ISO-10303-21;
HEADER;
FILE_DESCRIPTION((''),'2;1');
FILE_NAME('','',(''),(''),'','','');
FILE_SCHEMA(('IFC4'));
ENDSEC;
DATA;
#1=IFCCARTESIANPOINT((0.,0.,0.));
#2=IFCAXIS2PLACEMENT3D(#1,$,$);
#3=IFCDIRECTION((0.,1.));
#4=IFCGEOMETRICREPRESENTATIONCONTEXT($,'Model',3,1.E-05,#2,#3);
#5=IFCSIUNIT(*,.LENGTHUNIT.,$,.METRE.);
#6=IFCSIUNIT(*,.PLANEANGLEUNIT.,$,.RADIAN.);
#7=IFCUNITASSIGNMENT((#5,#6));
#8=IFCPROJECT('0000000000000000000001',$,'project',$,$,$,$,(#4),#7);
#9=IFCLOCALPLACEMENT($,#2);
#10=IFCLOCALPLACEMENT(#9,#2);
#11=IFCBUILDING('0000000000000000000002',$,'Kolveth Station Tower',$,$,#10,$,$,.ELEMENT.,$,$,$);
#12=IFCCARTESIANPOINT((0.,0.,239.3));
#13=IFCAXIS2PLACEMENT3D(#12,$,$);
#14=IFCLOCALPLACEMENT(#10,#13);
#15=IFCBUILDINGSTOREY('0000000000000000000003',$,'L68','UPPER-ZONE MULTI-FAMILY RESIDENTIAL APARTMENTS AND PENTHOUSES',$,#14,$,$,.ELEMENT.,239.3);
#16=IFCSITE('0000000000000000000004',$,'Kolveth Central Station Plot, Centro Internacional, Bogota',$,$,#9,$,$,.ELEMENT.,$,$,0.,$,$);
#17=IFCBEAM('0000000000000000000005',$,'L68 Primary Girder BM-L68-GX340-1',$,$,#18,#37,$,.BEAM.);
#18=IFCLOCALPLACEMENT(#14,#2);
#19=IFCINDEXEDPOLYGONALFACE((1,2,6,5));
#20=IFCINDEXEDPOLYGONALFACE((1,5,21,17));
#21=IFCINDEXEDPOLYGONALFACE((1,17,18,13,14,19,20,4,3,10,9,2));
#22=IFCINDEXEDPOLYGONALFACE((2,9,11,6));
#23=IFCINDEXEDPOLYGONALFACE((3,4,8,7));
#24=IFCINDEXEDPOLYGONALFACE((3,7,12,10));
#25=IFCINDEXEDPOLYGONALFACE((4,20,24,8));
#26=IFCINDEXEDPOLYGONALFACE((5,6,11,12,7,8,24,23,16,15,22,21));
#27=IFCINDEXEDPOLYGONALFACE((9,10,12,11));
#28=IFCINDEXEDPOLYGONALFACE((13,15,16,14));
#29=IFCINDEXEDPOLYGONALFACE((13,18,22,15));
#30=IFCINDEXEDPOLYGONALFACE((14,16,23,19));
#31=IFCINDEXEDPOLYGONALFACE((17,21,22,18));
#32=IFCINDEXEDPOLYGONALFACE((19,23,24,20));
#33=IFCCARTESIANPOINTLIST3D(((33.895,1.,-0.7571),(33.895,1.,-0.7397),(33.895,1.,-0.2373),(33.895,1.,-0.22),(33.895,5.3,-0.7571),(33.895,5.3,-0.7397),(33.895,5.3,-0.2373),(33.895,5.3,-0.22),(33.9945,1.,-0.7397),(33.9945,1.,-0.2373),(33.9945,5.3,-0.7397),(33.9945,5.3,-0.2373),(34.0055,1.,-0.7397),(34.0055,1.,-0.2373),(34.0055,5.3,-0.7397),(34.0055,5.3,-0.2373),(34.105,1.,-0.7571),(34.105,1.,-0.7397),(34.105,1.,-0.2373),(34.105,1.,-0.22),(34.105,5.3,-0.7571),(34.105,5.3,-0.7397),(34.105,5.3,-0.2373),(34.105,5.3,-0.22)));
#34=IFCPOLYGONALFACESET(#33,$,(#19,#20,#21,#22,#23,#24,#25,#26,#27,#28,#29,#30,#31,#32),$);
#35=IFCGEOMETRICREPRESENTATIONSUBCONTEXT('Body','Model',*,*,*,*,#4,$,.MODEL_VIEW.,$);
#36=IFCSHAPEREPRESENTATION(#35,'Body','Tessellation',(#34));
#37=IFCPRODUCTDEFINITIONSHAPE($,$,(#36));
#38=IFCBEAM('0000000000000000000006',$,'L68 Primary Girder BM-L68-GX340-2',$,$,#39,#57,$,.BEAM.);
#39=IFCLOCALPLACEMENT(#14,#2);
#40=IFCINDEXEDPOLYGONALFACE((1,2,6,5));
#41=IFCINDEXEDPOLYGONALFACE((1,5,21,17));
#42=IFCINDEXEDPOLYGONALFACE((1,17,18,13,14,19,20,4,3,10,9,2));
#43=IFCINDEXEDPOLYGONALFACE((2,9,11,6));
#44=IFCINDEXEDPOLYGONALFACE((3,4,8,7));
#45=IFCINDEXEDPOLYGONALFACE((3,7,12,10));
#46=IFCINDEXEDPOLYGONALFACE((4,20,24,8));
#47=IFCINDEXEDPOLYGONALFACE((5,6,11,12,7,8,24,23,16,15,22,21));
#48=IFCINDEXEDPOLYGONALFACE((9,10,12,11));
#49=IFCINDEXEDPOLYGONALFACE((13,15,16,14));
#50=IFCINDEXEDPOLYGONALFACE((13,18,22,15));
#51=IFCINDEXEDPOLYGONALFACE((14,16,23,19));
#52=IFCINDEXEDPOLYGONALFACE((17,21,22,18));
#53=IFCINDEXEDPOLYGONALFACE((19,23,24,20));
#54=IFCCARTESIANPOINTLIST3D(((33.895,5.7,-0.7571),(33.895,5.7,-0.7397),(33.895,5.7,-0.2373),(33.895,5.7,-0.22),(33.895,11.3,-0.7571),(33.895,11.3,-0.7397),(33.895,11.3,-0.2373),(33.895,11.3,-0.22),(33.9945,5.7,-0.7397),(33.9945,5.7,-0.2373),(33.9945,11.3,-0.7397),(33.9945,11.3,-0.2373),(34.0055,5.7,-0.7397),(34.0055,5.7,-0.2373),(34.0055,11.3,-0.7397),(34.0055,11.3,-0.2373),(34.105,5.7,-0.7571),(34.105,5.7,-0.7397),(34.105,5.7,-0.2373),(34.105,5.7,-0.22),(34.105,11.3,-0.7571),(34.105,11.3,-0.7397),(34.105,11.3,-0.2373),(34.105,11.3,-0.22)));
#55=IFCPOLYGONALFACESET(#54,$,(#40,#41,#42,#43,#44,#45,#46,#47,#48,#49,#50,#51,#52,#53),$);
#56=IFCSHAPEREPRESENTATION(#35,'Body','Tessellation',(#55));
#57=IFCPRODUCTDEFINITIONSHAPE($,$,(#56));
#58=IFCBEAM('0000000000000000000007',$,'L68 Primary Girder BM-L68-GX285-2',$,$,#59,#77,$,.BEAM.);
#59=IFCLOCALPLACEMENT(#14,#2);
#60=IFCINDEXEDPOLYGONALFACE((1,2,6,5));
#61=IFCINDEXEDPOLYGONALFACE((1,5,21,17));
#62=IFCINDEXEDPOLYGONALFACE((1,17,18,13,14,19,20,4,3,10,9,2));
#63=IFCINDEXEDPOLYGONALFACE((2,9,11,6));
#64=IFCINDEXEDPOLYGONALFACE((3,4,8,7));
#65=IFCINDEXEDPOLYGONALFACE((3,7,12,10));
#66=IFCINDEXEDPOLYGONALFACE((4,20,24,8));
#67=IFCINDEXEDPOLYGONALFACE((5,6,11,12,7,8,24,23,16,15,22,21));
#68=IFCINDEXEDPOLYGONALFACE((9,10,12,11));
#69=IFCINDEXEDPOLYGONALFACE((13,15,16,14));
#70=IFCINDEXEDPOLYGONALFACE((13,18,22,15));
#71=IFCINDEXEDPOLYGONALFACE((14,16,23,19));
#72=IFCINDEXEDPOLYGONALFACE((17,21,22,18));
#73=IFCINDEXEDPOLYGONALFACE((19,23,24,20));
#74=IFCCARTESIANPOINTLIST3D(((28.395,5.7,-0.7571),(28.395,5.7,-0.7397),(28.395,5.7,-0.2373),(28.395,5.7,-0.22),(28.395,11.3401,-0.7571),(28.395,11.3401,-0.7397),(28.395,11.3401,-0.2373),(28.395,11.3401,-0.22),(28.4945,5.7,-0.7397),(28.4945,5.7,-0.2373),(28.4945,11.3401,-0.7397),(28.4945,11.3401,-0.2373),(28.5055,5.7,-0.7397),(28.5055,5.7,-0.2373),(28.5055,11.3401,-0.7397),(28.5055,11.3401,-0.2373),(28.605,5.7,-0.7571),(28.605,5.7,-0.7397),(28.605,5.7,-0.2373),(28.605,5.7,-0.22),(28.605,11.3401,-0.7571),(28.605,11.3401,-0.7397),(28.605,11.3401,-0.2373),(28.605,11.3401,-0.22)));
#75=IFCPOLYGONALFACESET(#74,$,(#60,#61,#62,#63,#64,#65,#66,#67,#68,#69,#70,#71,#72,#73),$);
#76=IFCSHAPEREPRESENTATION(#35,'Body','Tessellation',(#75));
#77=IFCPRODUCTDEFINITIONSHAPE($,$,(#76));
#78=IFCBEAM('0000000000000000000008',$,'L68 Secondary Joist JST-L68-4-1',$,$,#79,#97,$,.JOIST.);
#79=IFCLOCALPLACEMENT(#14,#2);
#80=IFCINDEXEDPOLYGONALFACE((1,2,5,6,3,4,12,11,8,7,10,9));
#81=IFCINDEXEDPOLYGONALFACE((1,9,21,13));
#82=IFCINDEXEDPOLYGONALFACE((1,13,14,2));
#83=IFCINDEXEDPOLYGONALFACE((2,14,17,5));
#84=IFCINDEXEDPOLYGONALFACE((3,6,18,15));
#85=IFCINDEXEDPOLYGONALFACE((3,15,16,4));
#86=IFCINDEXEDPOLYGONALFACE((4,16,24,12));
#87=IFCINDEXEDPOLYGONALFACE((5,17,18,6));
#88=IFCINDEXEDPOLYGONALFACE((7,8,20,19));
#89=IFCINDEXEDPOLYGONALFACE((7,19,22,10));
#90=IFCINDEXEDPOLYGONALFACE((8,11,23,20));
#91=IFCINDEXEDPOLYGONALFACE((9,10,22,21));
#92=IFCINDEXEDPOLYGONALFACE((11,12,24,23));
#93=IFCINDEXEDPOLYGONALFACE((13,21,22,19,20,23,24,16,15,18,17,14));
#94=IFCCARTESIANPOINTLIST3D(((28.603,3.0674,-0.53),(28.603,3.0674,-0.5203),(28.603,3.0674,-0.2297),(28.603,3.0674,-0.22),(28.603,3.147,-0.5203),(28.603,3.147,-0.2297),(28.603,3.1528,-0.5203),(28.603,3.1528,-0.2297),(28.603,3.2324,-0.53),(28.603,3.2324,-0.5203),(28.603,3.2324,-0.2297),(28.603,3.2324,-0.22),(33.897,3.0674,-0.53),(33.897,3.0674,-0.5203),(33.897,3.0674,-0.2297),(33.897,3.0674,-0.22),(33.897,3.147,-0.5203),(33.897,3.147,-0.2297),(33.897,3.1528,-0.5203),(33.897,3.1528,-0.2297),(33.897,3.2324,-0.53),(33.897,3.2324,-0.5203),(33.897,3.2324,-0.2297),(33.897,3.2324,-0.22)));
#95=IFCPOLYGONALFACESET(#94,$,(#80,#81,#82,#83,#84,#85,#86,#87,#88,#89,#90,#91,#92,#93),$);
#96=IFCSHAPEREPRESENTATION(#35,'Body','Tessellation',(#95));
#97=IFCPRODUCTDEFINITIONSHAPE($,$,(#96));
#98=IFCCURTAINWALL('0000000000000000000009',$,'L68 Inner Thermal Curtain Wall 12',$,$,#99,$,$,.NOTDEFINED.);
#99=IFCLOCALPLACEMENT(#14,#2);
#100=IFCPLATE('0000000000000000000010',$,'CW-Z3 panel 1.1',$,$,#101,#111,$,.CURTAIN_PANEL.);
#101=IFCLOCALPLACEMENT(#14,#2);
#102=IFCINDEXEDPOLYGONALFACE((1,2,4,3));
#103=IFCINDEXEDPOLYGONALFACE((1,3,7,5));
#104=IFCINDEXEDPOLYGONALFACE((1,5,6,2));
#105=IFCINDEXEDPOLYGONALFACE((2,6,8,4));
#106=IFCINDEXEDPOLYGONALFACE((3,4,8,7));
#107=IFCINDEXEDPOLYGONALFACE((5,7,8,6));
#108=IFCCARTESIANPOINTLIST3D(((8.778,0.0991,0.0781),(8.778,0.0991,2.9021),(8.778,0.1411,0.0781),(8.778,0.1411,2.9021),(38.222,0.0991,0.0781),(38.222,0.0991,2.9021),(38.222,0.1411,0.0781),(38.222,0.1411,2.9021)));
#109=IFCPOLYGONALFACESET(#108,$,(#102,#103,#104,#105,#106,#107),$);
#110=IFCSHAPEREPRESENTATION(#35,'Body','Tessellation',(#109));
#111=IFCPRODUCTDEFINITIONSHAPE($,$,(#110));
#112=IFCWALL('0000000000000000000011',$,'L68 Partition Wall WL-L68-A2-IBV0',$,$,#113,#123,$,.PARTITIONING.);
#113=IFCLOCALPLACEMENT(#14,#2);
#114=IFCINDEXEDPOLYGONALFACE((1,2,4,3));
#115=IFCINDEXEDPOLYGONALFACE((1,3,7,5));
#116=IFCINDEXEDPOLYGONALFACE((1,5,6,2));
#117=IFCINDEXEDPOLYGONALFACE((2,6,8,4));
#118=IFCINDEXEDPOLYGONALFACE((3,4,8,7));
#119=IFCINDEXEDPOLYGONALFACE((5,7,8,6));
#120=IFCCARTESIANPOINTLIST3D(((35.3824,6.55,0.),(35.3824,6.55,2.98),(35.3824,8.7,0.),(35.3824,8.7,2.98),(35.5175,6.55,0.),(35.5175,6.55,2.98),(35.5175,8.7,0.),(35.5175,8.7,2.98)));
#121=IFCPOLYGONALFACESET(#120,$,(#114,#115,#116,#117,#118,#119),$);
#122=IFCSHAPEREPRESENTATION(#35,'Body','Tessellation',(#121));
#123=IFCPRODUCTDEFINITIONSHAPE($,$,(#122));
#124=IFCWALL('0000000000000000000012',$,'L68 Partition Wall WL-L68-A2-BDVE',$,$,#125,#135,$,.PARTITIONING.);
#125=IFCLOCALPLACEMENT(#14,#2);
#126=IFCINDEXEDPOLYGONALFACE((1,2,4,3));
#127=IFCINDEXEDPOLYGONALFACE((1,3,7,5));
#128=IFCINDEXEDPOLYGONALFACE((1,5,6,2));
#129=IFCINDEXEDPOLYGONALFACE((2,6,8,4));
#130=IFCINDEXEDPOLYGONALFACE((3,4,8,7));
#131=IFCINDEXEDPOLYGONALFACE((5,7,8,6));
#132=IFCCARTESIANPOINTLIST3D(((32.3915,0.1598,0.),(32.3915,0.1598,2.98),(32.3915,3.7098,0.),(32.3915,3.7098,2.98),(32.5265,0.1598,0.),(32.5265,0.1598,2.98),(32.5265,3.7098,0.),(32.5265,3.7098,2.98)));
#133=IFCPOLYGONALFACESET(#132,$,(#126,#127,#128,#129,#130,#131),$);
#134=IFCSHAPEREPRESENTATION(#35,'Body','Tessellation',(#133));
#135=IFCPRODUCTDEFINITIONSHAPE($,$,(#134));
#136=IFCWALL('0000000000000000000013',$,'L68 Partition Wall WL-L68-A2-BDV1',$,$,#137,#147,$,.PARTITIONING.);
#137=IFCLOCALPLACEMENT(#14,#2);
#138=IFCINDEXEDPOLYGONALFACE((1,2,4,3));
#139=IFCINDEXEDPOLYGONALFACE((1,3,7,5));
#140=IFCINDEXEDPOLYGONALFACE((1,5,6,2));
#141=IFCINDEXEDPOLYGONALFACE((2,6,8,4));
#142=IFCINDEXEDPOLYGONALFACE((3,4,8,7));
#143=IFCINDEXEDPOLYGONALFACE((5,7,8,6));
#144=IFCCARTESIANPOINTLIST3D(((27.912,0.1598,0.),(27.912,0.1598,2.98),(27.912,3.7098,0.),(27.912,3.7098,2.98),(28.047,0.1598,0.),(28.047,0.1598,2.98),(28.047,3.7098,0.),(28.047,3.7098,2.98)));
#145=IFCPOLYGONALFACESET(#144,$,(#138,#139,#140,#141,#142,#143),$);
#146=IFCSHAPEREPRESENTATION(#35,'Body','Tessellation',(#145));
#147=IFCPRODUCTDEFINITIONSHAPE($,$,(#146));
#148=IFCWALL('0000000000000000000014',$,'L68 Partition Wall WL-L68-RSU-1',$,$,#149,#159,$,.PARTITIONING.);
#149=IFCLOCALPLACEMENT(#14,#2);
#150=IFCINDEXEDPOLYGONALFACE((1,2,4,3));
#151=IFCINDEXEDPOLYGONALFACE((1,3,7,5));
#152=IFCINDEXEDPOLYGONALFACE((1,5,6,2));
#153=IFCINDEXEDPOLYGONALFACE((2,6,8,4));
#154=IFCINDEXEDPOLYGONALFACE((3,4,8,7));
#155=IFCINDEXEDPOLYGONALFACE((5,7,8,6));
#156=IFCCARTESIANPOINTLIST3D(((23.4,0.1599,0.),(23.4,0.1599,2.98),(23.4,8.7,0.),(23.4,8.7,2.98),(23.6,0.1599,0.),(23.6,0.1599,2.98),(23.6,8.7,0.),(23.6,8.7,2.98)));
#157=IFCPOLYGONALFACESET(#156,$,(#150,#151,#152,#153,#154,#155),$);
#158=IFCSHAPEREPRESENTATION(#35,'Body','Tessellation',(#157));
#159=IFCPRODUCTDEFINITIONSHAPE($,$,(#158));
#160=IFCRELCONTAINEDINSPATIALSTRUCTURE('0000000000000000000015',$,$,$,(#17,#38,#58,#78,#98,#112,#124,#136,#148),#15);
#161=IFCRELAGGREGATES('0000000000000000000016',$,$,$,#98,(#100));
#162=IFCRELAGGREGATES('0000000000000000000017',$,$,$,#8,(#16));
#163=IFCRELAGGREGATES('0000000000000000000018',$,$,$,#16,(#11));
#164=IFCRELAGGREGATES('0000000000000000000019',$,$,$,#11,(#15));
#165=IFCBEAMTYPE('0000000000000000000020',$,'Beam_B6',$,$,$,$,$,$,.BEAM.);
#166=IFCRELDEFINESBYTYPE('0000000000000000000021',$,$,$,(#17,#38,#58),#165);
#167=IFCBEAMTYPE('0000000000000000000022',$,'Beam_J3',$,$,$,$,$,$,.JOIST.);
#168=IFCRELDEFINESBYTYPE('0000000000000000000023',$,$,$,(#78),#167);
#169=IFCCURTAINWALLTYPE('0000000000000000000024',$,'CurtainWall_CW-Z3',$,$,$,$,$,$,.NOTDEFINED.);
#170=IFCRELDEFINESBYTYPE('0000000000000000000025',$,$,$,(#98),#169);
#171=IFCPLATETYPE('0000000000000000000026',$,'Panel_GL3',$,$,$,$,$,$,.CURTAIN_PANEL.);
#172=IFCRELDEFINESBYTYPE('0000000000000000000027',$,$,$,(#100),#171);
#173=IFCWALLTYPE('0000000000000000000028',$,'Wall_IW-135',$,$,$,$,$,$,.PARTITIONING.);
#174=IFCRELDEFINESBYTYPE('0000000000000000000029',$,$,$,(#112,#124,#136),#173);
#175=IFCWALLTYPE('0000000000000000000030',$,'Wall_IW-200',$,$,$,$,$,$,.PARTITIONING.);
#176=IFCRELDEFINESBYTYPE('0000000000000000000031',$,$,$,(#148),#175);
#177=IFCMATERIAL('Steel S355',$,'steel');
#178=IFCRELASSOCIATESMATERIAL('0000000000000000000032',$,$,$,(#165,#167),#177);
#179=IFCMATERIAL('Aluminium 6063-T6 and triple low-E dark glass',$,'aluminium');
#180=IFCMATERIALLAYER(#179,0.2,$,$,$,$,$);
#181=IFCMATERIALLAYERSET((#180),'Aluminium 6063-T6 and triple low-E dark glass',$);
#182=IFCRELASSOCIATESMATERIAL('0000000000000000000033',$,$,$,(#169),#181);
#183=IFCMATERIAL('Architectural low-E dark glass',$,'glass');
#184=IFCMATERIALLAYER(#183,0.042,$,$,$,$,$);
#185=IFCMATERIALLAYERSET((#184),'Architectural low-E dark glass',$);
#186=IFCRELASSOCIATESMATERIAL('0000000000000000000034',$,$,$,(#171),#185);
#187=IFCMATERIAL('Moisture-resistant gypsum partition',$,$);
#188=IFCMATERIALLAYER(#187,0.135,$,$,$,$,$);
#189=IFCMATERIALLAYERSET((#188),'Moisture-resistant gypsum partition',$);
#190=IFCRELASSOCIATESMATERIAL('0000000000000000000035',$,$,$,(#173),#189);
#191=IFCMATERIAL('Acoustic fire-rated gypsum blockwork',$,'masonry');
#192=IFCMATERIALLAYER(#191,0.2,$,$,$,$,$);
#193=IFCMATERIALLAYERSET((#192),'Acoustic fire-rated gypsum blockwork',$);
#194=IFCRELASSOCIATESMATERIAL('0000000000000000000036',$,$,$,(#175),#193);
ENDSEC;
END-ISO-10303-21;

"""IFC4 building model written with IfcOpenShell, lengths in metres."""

from ifc_helpers import new_model, si_unit, direction, frame, frame_2d, origin, origin_2d, place, context, subcontext, project, spatial, rectangle, i_section, extrude, source, transform, mapped, material, layer, layer_set, material_profile, profile_set, type_object, element, aggregate, save


model = new_model("IFC4")

# Units and contexts
model_context = context("Model", 3, precision=1e-05, world=origin(), true_north=direction((0.0, 1.0)))
body_context = subcontext(model_context, "Body", "Model", "MODEL_VIEW")
ifc_project = project(units=[si_unit("LENGTHUNIT", "METRE"), si_unit("PLANEANGLEUNIT", "RADIAN")], contexts=[model_context])

# Site, building, storey
site_placement = place(None, origin())
site = spatial("IfcSite", under=ifc_project, at=site_placement, Name="Kolveth Central Station Plot, Centro Internacional, Bogota", CompositionType="ELEMENT", RefElevation=0.0)
building_placement = place(site_placement, origin())
building = spatial("IfcBuilding", under=site, at=building_placement, Name="Kolveth Station Tower", CompositionType="ELEMENT")
storey_placement = place(building_placement, frame((0.0, 0.0, 239.3)))
storey = spatial("IfcBuildingStorey", under=building, at=storey_placement, Name="L68", Description="UPPER-ZONE MULTI-FAMILY RESIDENTIAL APARTMENTS AND PENTHOUSES", CompositionType="ELEMENT", Elevation=239.3)

# Shared definitions
ifc_material_1 = material(Name="Steel S355", Category="steel")

# Beams
ifc_material_profile_1 = material_profile(ifc_material_1, i_section(OverallWidth=0.21, OverallDepth=0.5371, WebThickness=0.011, FlangeThickness=0.0173, at=origin_2d()), Name="W530x101")
ifc_profile_set_1 = profile_set([ifc_material_profile_1], Name="Steel S355")
beam_type_1 = type_object("IfcBeamType", Name="Beam_B6", PredefinedType="BEAM", material=ifc_profile_set_1)
shared_shape_1 = source(origin(), body_context, "Body", "SweptSolid", [
    extrude(i_section(OverallWidth=0.21, OverallDepth=0.5371, WebThickness=0.011, FlangeThickness=0.0173, at=origin_2d()), origin(), (0.0, 0.0, 1.0), 4.3),
])
for number, where, z_axis, x_axis, name in (
    (1, (34.0, 1.0, -0.4885), (0.0, 1.0, 0.0), (-1.0, 0.0, 0.0), "L68 Primary Girder BM-L68-GX340-1"),
):
    element("IfcBeam", number, at=place(storey_placement, frame(where, z_axis=z_axis, x_axis=x_axis)), inside=storey, type_object=beam_type_1, Name=name, PredefinedType="BEAM", context=body_context, shape_type="MappedRepresentation", body=[
        mapped(shared_shape_1, transform((0.0, 0.0, 0.0), x_axis=(1.0, 0.0, 0.0), y_axis=(0.0, 1.0, 0.0), z_axis=(0.0, 0.0, 1.0), scale=1.0)),
    ])
shared_shape_2 = source(origin(), body_context, "Body", "SweptSolid", [
    extrude(i_section(OverallWidth=0.21, OverallDepth=0.5371, WebThickness=0.011, FlangeThickness=0.0173, at=origin_2d()), origin(), (0.0, 0.0, 1.0), 5.6001),
])
beam_1_placement = place(storey_placement, frame((34.0, 5.7, -0.4885), z_axis=(0.0, 1.0, 0.0), x_axis=(-1.0, 0.0, 0.0)))
element("IfcBeam", 2, at=beam_1_placement, inside=storey, type_object=beam_type_1, Name="L68 Primary Girder BM-L68-GX340-2", PredefinedType="BEAM", context=body_context, shape_type="MappedRepresentation", body=[
    mapped(shared_shape_2, transform((0.0, 0.0, 0.0), x_axis=(1.0, 0.0, 0.0), y_axis=(0.0, 1.0, 0.0), z_axis=(0.0, 0.0, 1.0), scale=1.0)),
])
shared_shape_3 = source(origin(), body_context, "Body", "SweptSolid", [
    extrude(i_section(OverallWidth=0.21, OverallDepth=0.5371, WebThickness=0.011, FlangeThickness=0.0173, at=origin_2d()), origin(), (0.0, 0.0, 1.0), 5.6401),
])
beam_2_placement = place(storey_placement, frame((28.5, 5.7, -0.4885), z_axis=(0.0, 1.0, 0.0), x_axis=(-1.0, 0.0, 0.0)))
element("IfcBeam", 3, at=beam_2_placement, inside=storey, type_object=beam_type_1, Name="L68 Primary Girder BM-L68-GX285-2", PredefinedType="BEAM", context=body_context, shape_type="MappedRepresentation", body=[
    mapped(shared_shape_3, transform((0.0, 0.0, 0.0), x_axis=(1.0, 0.0, 0.0), y_axis=(0.0, 1.0, 0.0), z_axis=(0.0, 0.0, 1.0), scale=1.0)),
])
ifc_material_profile_2 = material_profile(ifc_material_1, i_section(OverallWidth=0.165, OverallDepth=0.3101, WebThickness=0.0059, FlangeThickness=0.0098, at=origin_2d()), Name="W310x39")
ifc_profile_set_2 = profile_set([ifc_material_profile_2], Name="Steel S355")
beam_type_2 = type_object("IfcBeamType", Name="Beam_J3", PredefinedType="JOIST", material=ifc_profile_set_2)
shared_shape_4 = source(origin(), body_context, "Body", "SweptSolid", [
    extrude(i_section(OverallWidth=0.165, OverallDepth=0.3101, WebThickness=0.0059, FlangeThickness=0.0098, at=origin_2d()), origin(), (0.0, 0.0, 1.0), 5.2939),
])
beam_3_placement = place(storey_placement, frame((28.603, 3.1499, -0.375), z_axis=(1.0, 0.0, 0.0), x_axis=(0.0, 1.0, 0.0)))
element("IfcBeam", 4, at=beam_3_placement, inside=storey, type_object=beam_type_2, Name="L68 Secondary Joist JST-L68-4-1", PredefinedType="JOIST", context=body_context, shape_type="MappedRepresentation", body=[
    mapped(shared_shape_4, transform((0.0, 0.0, 0.0), x_axis=(1.0, 0.0, 0.0), y_axis=(0.0, 1.0, 0.0), z_axis=(0.0, 0.0, 1.0), scale=1.0)),
])

# Curtain wall, plate
ifc_material_2 = material(Name="Aluminium 6063-T6 and triple low-E dark glass", Category="aluminium")
ifc_layer_1 = layer(ifc_material_2, 0.2)
ifc_layer_set_1 = layer_set([ifc_layer_1], Name="Aluminium 6063-T6 and triple low-E dark glass")
curtain_wall_type = type_object("IfcCurtainWallType", Name="CurtainWall_CW-Z3", PredefinedType="NOTDEFINED", material=ifc_layer_set_1)
curtain_wall_placement = place(storey_placement, origin())
curtain_wall = element("IfcCurtainWall", 5, at=curtain_wall_placement, inside=storey, type_object=curtain_wall_type, Name="L68 Inner Thermal Curtain Wall 12", PredefinedType="NOTDEFINED")
ifc_material_3 = material(Name="Architectural low-E dark glass", Category="glass")
ifc_layer_2 = layer(ifc_material_3, 0.042)
ifc_layer_set_2 = layer_set([ifc_layer_2], Name="Architectural low-E dark glass")
plate_type = type_object("IfcPlateType", Name="Panel_GL3", PredefinedType="CURTAIN_PANEL", material=ifc_layer_set_2)
shared_shape_5 = source(origin(), body_context, "Body", "SweptSolid", [
    extrude(rectangle(XDim=29.4441, YDim=0.042, at=origin_2d()), origin(), (0.0, 0.0, 1.0), 2.824),
])
plate_placement = place(storey_placement, frame((23.5, 0.1201, 0.0781), z_axis=(0.0, 0.0, 1.0), x_axis=(1.0, 0.0, 0.0)))
plate = element("IfcPlate", 6, at=plate_placement, type_object=plate_type, Name="CW-Z3 panel 1.1", PredefinedType="CURTAIN_PANEL", context=body_context, shape_type="MappedRepresentation", body=[
    mapped(shared_shape_5, transform((0.0, 0.0, 0.0), x_axis=(1.0, 0.0, 0.0), y_axis=(0.0, 1.0, 0.0), z_axis=(0.0, 0.0, 1.0), scale=1.0)),
])
aggregate(curtain_wall, [plate])

# Shared definitions
ifc_material_4 = material(Name="Moisture-resistant gypsum partition")
ifc_layer_3 = layer(ifc_material_4, 0.135)
ifc_layer_set_3 = layer_set([ifc_layer_3], Name="Moisture-resistant gypsum partition")
wall_type_1 = type_object("IfcWallType", Name="Wall_IW-135", PredefinedType="PARTITIONING", material=ifc_layer_set_3)

# Walls
wall_1_placement = place(storey_placement, frame((35.45, 6.55, 0.0), z_axis=(0.0, 0.0, 1.0), x_axis=(0.0, 1.0, 0.0)))
element("IfcWall", 7, at=wall_1_placement, inside=storey, type_object=wall_type_1, Name="L68 Partition Wall WL-L68-A2-IBV0", PredefinedType="PARTITIONING", context=body_context, shape_type="SweptSolid", body=[
    extrude(rectangle(XDim=2.1499, YDim=0.135, at=frame_2d((1.075, 0.0))), origin(), (0.0, 0.0, 1.0), 2.98),
])
wall_2_placement = place(storey_placement, frame((32.459, 0.1599, 0.0), z_axis=(0.0, 0.0, 1.0), x_axis=(0.0, 1.0, 0.0)))
element("IfcWall", 8, at=wall_2_placement, inside=storey, type_object=wall_type_1, Name="L68 Partition Wall WL-L68-A2-BDVE", PredefinedType="PARTITIONING", context=body_context, shape_type="SweptSolid", body=[
    extrude(rectangle(XDim=3.55, YDim=0.135, at=frame_2d((1.7749, 0.0))), origin(), (0.0, 0.0, 1.0), 2.98),
])

# Walls
wall_3_placement = place(storey_placement, frame((27.9795, 0.1599, 0.0), z_axis=(0.0, 0.0, 1.0), x_axis=(0.0, 1.0, 0.0)))
element("IfcWall", 9, at=wall_3_placement, inside=storey, type_object=wall_type_1, Name="L68 Partition Wall WL-L68-A2-BDV1", PredefinedType="PARTITIONING", context=body_context, shape_type="SweptSolid", body=[
    extrude(rectangle(XDim=3.55, YDim=0.135, at=frame_2d((1.7749, 0.0))), origin(), (0.0, 0.0, 1.0), 2.98),
])
ifc_material_5 = material(Name="Acoustic fire-rated gypsum blockwork", Category="masonry")
ifc_layer_4 = layer(ifc_material_5, 0.2)
ifc_layer_set_4 = layer_set([ifc_layer_4], Name="Acoustic fire-rated gypsum blockwork")
wall_type_2 = type_object("IfcWallType", Name="Wall_IW-200", PredefinedType="PARTITIONING", material=ifc_layer_set_4)
wall_4_placement = place(storey_placement, frame((23.5, 0.1599, 0.0), z_axis=(0.0, 0.0, 1.0), x_axis=(0.0, 1.0, 0.0)))
element("IfcWall", 10, at=wall_4_placement, inside=storey, type_object=wall_type_2, Name="L68 Partition Wall WL-L68-RSU-1", PredefinedType="PARTITIONING", context=body_context, shape_type="SweptSolid", body=[
    extrude(rectangle(XDim=8.54, YDim=0.2, at=frame_2d((4.27, 0.0))), origin(), (0.0, 0.0, 1.0), 2.98),
])

save(model, "model.ifc")
